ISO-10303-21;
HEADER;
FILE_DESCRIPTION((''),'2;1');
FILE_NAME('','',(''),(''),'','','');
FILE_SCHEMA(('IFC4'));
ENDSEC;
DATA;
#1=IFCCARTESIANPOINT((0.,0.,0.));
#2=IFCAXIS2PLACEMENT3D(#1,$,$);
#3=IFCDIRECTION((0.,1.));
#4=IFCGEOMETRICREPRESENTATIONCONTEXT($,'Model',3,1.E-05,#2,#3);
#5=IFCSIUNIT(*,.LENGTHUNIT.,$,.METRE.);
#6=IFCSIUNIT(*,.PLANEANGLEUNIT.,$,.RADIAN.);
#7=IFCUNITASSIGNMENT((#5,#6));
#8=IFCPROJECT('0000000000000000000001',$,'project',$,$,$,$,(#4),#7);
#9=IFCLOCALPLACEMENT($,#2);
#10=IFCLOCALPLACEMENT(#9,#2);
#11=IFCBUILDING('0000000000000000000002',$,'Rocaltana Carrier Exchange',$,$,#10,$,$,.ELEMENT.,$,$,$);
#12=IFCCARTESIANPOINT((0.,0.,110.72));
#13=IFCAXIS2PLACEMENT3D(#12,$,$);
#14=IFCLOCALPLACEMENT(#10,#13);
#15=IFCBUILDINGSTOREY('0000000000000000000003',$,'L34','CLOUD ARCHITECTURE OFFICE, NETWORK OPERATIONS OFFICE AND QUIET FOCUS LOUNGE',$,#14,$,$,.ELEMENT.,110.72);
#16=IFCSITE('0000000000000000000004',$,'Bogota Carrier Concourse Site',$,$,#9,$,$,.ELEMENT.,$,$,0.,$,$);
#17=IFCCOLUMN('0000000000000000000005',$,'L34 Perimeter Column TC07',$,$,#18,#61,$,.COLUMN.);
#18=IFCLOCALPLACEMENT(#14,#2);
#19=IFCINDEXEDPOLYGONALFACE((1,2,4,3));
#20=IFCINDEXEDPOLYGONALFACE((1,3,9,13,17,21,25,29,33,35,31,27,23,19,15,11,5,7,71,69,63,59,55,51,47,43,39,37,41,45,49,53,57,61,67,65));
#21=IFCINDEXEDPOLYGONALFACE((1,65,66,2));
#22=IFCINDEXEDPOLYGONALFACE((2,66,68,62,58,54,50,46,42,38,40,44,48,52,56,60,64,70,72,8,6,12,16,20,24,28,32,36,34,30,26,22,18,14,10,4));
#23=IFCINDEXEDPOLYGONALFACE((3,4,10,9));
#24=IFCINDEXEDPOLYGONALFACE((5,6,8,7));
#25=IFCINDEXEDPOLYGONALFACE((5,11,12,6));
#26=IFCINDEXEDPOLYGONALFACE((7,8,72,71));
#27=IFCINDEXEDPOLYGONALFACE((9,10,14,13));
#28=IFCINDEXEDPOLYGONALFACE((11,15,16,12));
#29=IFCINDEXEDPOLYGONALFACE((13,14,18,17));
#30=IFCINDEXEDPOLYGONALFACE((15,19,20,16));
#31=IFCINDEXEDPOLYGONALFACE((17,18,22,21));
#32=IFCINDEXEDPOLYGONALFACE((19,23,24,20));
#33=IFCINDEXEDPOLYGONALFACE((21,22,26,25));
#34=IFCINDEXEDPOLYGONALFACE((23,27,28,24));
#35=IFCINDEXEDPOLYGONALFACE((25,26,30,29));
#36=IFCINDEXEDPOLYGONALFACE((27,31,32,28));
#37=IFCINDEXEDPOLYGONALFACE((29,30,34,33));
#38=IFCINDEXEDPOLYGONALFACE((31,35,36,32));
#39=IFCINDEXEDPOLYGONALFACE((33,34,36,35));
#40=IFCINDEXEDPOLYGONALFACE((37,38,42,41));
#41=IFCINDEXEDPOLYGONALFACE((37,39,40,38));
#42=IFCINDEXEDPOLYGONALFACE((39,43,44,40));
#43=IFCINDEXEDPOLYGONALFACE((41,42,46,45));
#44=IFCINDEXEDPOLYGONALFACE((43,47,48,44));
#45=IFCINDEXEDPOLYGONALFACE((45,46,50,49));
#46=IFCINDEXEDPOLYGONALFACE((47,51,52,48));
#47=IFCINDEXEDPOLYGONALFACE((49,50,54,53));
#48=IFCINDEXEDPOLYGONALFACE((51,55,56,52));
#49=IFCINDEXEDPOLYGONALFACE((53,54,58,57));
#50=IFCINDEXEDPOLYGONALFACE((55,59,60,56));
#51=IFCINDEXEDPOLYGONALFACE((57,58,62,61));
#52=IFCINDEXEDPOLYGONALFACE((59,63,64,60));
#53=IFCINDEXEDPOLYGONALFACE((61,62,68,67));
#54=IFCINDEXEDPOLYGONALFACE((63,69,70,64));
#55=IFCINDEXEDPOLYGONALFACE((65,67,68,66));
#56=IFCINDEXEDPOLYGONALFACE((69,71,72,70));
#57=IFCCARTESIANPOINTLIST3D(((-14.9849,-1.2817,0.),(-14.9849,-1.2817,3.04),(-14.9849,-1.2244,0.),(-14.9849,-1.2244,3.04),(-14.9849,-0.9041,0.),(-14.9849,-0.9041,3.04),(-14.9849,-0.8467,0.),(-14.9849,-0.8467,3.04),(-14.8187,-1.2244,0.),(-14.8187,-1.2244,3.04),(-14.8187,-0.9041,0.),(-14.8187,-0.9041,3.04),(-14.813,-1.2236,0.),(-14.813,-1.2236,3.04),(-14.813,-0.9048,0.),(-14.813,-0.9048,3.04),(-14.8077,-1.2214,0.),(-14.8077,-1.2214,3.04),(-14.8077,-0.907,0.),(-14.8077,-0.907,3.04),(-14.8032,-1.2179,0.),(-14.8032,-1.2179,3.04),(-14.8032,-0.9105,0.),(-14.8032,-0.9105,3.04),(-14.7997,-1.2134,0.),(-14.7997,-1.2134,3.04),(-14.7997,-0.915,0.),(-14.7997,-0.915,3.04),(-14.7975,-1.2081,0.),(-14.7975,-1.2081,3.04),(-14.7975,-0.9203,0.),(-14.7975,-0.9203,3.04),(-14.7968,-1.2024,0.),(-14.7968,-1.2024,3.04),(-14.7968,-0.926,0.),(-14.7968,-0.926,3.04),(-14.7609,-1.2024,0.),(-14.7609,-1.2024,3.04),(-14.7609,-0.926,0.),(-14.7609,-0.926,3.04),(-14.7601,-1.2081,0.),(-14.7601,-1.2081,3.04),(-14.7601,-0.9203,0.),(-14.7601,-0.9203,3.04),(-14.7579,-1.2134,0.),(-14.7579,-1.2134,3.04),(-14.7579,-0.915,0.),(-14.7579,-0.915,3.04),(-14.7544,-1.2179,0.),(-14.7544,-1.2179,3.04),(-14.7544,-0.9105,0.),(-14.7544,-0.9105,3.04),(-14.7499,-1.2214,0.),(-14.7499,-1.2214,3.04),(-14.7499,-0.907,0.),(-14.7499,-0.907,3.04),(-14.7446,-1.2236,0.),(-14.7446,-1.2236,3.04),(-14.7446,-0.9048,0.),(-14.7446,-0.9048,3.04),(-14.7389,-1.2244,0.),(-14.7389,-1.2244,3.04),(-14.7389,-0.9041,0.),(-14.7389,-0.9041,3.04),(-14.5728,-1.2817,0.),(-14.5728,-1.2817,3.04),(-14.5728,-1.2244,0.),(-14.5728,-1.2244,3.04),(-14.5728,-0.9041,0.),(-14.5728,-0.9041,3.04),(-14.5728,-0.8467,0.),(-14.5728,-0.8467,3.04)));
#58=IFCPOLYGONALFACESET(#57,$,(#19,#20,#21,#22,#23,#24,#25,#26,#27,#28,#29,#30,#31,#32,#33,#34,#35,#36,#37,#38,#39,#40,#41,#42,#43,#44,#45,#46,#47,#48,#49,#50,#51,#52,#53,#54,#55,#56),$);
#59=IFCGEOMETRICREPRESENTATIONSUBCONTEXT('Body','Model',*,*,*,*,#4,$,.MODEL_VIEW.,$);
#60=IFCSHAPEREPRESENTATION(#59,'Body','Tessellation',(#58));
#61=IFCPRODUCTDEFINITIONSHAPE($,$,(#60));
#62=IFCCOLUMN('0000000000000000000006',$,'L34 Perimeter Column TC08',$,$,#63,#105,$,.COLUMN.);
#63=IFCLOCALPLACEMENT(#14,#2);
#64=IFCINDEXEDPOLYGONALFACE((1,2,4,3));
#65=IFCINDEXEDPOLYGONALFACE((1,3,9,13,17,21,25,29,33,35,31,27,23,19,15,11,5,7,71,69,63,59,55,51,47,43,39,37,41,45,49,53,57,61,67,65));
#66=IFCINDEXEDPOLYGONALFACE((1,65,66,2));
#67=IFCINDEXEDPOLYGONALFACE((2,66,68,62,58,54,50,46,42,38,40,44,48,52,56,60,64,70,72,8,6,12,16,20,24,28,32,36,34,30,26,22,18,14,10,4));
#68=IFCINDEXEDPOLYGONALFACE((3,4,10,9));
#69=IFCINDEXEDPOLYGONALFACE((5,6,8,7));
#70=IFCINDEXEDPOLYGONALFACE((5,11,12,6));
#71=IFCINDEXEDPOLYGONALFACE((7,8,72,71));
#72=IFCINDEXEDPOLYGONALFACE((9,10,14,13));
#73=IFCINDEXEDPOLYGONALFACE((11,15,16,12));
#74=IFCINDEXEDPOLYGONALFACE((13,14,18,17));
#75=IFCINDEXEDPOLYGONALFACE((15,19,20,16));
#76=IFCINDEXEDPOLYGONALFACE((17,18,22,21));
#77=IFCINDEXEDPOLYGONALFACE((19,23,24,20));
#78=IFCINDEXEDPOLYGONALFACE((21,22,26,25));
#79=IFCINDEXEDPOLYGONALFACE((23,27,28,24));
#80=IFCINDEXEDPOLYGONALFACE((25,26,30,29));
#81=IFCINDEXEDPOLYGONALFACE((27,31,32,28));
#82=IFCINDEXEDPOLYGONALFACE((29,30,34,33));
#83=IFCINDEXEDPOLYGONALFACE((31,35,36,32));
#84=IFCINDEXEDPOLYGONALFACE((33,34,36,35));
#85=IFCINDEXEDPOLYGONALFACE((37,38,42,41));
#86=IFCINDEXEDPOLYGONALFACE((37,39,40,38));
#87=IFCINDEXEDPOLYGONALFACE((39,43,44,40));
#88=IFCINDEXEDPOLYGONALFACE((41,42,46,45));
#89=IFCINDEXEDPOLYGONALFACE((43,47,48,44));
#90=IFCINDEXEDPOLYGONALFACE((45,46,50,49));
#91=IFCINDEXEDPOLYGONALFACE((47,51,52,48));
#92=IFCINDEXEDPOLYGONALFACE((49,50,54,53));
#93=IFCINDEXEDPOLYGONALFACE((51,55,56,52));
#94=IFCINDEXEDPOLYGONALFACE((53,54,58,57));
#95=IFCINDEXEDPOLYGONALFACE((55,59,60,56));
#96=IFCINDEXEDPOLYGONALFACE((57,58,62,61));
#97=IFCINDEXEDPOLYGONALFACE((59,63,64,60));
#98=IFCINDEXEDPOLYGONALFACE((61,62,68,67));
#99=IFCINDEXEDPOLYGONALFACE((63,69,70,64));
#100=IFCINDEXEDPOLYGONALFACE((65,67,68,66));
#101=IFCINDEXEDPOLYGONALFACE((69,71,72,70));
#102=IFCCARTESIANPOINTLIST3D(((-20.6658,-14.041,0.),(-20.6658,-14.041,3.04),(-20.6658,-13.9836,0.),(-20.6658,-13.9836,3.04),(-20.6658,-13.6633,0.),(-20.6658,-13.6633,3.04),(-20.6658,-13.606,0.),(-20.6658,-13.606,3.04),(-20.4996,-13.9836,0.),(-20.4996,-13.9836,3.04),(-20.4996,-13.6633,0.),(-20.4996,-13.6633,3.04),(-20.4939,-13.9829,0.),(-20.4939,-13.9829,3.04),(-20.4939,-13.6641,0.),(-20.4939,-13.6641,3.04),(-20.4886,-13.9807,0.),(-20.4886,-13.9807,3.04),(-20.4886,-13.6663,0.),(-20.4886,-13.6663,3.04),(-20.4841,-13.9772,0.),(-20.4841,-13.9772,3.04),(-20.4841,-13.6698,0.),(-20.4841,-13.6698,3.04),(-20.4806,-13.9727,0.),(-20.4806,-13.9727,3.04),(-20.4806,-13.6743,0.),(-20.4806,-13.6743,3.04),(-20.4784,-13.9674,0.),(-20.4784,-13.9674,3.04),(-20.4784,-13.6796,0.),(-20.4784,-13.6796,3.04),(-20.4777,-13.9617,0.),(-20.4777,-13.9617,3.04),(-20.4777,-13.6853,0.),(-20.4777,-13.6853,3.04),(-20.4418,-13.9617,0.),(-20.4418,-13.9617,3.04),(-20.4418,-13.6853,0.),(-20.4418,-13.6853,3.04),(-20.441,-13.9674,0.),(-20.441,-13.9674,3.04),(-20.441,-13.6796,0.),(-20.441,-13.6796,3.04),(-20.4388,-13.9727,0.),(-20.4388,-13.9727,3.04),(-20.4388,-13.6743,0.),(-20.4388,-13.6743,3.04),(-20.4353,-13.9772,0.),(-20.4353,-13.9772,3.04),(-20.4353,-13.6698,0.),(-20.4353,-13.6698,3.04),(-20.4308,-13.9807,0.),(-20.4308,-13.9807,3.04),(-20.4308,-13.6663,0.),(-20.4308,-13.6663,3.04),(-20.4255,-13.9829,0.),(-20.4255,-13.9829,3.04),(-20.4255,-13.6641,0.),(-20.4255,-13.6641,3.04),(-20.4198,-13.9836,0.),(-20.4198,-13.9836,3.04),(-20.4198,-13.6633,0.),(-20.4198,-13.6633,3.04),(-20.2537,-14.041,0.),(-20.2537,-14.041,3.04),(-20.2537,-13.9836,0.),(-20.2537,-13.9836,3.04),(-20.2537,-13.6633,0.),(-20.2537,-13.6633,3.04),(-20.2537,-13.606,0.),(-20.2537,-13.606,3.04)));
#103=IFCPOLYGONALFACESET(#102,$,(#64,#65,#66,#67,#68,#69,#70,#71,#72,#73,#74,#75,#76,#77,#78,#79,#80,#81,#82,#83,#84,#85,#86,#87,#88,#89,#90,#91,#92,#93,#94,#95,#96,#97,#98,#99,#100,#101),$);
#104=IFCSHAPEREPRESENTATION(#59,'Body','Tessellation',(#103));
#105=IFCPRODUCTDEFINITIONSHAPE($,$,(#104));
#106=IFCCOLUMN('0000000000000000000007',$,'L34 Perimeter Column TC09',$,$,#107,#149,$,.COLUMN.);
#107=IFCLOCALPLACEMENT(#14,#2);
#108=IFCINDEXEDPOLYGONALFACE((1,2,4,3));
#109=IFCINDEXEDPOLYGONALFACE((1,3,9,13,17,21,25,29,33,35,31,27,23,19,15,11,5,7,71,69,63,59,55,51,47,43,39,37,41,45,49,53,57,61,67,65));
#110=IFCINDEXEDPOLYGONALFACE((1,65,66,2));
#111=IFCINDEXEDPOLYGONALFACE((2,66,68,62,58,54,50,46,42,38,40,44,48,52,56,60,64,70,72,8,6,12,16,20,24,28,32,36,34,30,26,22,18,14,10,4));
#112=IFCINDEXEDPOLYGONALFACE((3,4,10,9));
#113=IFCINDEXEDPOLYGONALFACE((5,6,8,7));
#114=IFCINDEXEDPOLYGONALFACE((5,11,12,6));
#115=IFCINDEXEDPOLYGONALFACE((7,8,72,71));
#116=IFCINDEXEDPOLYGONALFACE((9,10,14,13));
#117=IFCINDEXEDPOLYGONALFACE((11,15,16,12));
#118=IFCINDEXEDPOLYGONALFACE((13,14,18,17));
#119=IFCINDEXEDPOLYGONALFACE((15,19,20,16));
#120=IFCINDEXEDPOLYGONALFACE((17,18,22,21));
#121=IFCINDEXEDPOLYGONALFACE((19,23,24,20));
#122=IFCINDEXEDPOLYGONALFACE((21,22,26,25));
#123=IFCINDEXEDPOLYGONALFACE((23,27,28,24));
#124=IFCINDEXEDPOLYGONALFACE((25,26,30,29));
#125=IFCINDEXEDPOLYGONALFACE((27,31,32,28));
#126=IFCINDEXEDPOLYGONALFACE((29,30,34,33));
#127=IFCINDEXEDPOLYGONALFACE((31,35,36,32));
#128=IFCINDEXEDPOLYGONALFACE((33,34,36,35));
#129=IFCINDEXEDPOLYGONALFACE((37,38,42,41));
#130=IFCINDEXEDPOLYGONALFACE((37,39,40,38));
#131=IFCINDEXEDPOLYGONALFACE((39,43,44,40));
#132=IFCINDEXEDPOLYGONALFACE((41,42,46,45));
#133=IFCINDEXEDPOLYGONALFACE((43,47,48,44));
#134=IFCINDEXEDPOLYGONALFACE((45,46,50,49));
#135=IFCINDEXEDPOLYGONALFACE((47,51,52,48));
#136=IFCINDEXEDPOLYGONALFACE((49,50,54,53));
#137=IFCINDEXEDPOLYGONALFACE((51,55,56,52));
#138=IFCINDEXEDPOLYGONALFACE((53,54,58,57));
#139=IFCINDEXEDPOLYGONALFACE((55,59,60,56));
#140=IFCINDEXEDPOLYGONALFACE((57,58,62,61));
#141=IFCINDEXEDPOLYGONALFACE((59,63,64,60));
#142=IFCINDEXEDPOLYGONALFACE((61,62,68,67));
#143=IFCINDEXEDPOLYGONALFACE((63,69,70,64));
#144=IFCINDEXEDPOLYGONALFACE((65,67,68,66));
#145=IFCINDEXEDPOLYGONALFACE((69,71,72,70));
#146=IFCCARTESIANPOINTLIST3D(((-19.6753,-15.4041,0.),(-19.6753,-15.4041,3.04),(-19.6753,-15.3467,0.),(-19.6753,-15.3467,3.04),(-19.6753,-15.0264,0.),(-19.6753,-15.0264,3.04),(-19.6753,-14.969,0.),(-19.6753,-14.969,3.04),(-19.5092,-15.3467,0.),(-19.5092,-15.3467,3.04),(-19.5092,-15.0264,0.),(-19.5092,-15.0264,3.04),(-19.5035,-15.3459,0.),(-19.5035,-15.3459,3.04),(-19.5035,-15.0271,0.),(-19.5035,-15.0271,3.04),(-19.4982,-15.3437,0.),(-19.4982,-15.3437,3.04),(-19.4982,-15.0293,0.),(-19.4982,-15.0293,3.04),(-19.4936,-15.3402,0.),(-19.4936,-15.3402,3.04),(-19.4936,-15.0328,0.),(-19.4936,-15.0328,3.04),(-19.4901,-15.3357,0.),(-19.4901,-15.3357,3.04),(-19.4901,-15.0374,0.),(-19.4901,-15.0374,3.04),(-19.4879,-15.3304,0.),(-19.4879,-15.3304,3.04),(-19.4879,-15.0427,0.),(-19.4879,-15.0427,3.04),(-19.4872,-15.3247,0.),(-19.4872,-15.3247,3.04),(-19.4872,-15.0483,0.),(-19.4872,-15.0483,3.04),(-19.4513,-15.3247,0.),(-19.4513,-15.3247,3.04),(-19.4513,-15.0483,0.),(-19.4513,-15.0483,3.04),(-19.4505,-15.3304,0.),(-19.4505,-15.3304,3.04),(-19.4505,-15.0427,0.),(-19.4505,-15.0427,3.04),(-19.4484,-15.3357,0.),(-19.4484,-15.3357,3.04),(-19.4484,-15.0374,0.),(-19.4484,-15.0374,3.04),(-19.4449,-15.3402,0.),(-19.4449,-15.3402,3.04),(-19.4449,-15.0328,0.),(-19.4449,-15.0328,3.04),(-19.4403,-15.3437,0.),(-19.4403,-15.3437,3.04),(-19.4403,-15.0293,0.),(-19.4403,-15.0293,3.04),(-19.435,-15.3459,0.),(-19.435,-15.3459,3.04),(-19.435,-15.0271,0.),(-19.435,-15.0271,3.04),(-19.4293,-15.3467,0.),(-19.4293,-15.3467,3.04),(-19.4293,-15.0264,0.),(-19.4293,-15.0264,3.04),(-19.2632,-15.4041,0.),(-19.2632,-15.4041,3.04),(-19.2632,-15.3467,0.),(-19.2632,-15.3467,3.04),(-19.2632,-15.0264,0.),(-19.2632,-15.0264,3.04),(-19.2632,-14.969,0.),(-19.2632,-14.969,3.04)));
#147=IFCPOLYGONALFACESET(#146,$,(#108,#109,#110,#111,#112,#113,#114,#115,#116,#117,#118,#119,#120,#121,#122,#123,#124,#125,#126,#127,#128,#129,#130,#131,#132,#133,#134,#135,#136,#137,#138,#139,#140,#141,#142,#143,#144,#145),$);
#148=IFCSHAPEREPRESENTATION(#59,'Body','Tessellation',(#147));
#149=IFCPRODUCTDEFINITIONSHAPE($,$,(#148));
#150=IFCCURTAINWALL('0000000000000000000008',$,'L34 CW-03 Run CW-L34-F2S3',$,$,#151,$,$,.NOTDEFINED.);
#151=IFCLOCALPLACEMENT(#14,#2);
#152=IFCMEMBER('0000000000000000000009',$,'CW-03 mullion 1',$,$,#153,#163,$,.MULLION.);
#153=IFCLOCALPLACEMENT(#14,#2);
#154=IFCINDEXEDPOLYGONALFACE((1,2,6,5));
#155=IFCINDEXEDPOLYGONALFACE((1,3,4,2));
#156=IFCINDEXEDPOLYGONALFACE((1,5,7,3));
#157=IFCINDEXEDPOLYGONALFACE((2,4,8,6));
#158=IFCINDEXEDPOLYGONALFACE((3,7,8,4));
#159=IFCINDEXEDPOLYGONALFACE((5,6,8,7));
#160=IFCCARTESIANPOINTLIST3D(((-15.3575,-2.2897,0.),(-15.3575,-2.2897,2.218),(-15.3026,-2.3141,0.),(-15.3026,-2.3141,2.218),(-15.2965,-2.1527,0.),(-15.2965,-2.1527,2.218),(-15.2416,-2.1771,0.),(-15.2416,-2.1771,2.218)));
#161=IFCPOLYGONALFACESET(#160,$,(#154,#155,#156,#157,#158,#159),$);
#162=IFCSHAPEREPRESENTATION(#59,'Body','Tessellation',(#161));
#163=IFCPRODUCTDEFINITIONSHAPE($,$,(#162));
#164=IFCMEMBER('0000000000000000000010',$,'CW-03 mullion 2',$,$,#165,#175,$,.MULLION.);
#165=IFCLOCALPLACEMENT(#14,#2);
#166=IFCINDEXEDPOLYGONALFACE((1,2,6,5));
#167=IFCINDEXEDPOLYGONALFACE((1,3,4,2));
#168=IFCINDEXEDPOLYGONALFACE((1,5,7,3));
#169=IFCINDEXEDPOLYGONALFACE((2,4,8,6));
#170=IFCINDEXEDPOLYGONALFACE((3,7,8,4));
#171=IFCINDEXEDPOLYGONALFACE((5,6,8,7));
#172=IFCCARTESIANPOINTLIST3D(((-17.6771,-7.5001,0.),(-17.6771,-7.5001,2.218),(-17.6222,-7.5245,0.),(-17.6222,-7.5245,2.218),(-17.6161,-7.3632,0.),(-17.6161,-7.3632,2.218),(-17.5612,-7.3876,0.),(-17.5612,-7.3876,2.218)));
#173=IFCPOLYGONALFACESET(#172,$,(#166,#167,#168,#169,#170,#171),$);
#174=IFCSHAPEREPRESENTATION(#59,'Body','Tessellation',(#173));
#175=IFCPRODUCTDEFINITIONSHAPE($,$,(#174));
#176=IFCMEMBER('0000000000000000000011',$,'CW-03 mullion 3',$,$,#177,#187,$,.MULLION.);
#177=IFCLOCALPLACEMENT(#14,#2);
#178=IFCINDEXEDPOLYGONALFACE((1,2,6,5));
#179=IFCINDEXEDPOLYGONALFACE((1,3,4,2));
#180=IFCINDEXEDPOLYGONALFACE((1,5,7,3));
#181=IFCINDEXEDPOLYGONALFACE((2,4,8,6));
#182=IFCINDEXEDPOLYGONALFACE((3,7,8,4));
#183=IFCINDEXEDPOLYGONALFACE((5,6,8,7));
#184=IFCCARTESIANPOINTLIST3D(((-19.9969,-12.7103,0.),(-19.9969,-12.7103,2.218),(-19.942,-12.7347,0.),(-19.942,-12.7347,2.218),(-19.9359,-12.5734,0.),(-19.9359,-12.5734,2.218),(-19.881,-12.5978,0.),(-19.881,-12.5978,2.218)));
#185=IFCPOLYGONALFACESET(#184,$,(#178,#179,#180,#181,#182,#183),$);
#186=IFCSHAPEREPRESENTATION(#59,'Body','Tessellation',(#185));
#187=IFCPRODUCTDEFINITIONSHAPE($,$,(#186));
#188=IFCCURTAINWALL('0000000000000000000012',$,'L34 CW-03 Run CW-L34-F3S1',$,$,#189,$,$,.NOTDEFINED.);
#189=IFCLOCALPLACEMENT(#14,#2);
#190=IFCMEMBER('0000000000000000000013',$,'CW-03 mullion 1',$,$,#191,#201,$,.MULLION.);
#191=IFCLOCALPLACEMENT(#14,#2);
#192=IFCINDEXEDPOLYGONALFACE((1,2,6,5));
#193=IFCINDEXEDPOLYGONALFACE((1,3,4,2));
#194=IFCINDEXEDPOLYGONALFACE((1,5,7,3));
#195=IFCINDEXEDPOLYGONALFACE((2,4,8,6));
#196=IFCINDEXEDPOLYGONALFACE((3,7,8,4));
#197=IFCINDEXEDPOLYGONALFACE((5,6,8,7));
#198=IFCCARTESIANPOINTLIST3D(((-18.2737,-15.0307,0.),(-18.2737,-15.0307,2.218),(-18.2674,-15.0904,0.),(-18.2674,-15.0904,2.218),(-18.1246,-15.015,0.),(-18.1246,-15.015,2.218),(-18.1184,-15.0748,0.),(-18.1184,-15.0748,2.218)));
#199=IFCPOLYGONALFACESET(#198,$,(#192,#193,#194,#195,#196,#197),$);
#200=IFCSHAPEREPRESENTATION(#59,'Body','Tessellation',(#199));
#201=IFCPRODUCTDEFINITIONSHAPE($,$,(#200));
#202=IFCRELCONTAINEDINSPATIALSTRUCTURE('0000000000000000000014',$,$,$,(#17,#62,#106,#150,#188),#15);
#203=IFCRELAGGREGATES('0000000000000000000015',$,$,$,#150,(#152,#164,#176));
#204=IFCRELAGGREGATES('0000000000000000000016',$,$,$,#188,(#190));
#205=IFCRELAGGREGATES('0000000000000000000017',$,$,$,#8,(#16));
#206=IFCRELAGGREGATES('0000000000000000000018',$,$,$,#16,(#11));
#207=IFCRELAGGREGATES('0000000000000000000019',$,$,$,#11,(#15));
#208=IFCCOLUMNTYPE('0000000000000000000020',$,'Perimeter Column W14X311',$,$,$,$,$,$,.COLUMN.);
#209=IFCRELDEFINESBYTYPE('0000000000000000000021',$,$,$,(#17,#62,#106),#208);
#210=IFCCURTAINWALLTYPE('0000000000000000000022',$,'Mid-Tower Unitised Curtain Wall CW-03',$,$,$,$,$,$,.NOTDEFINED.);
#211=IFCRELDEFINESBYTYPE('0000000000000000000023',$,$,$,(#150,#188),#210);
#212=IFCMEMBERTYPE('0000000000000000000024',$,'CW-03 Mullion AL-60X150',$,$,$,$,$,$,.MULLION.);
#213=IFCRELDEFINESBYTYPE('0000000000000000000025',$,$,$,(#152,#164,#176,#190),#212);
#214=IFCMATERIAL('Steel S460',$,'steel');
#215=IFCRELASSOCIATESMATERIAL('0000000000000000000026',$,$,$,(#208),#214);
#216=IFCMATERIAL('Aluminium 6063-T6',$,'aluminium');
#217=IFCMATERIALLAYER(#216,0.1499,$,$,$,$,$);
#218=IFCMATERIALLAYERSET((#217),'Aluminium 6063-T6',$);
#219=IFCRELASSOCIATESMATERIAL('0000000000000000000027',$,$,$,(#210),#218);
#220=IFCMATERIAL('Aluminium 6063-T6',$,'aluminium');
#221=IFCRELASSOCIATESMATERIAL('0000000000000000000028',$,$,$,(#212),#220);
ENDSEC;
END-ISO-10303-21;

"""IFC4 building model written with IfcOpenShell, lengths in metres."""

from ifc_helpers import new_model, si_unit, direction, frame, origin, origin_2d, place, context, subcontext, project, spatial, rectangle, i_section, extrude, material, layer, layer_set, material_profile, profile_set, type_object, element, aggregate, save


model = new_model("IFC4")

# Units and contexts
model_context = context("Model", 3, precision=1e-05, world=origin(), true_north=direction((0.0, 1.0)))
body_context = subcontext(model_context, "Body", "Model", "MODEL_VIEW")
ifc_project = project(units=[si_unit("LENGTHUNIT", "METRE"), si_unit("PLANEANGLEUNIT", "RADIAN")], contexts=[model_context])

# Site, building, storey
site_placement = place(None, origin())
site = spatial("IfcSite", under=ifc_project, at=site_placement, Name="Bogota Carrier Concourse Site", CompositionType="ELEMENT", RefElevation=0.0)
building_placement = place(site_placement, origin())
building = spatial("IfcBuilding", under=site, at=building_placement, Name="Rocaltana Carrier Exchange", CompositionType="ELEMENT")
storey_placement = place(building_placement, frame((0.0, 0.0, 110.72)))
storey = spatial("IfcBuildingStorey", under=building, at=storey_placement, Name="L34", Description="CLOUD ARCHITECTURE OFFICE, NETWORK OPERATIONS OFFICE AND QUIET FOCUS LOUNGE", CompositionType="ELEMENT", Elevation=110.72)

# Columns
ifc_material_1 = material(Name="Steel S460", Category="steel")
ifc_material_profile_1 = material_profile(ifc_material_1, i_section(OverallWidth=0.4121, OverallDepth=0.4351, WebThickness=0.0359, FlangeThickness=0.0574, FilletRadius=0.022, at=origin_2d()), Name="W14X311")
ifc_profile_set_1 = profile_set([ifc_material_profile_1], Name="Steel S460")
column_type = type_object("IfcColumnType", Name="Perimeter Column W14X311", PredefinedType="COLUMN", material=ifc_profile_set_1)
for number, where, z_axis, x_axis, name in (
    (1, (-14.7788, -1.0642, 0.0), (0.0, 0.0, 1.0), (1.0, 0.0, 0.0), "L34 Perimeter Column TC07"),
    (2, (-20.4597, -13.8235, 0.0), (0.0, 0.0, 1.0), (1.0, 0.0, 0.0), "L34 Perimeter Column TC08"),
    (3, (-19.4692, -15.1865, 0.0), (0.0, 0.0, 1.0), (1.0, 0.0, 0.0), "L34 Perimeter Column TC09"),
):
    element("IfcColumn", number, at=place(storey_placement, frame(where, z_axis=z_axis, x_axis=x_axis)), inside=storey, type_object=column_type, Name=name, PredefinedType="COLUMN", context=body_context, shape_type="SweptSolid", body=[
        extrude(i_section(OverallWidth=0.4121, OverallDepth=0.4351, WebThickness=0.0359, FlangeThickness=0.0574, FilletRadius=0.022, at=origin_2d()), origin(), (0.0, 0.0, 1.0), 3.04),
    ])

# Curtain walls, members
ifc_material_2 = material(Name="Aluminium 6063-T6", Category="aluminium")
ifc_layer_1 = layer(ifc_material_2, 0.1499)
ifc_layer_set_1 = layer_set([ifc_layer_1], Name="Aluminium 6063-T6")
curtain_wall_type = type_object("IfcCurtainWallType", Name="Mid-Tower Unitised Curtain Wall CW-03", PredefinedType="NOTDEFINED", material=ifc_layer_set_1)
curtain_wall_1_placement = place(storey_placement, origin())
curtain_wall_1 = element("IfcCurtainWall", 4, at=curtain_wall_1_placement, inside=storey, type_object=curtain_wall_type, Name="L34 CW-03 Run CW-L34-F2S3", PredefinedType="NOTDEFINED")
ifc_material_3 = material(Name="Aluminium 6063-T6", Category="aluminium")
ifc_material_profile_2 = material_profile(ifc_material_3, rectangle(XDim=0.0601, YDim=0.1499, at=origin_2d()), Name="AL-60X150")
ifc_profile_set_2 = profile_set([ifc_material_profile_2], Name="Aluminium 6063-T6")
member_type_1 = type_object("IfcMemberType", Name="CW-03 Mullion AL-60X150", PredefinedType="MULLION", material=ifc_profile_set_2)
member_1_placement = place(storey_placement, frame((-15.2996, -2.2334, 0.0), z_axis=(0.0, 0.0, 1.0), x_axis=(0.913547, -0.406733, 0.0)))
member_1 = element("IfcMember", 5, at=member_1_placement, type_object=member_type_1, Name="CW-03 mullion 1", PredefinedType="MULLION", context=body_context, shape_type="SweptSolid", body=[
    extrude(rectangle(XDim=0.0601, YDim=0.1499, at=origin_2d()), origin(), (0.0, 0.0, 1.0), 2.218),
])
member_2_placement = place(storey_placement, frame((-17.6191, -7.4438, 0.0), z_axis=(0.0, 0.0, 1.0), x_axis=(0.913547, -0.406733, 0.0)))
member_2 = element("IfcMember", 6, at=member_2_placement, type_object=member_type_1, Name="CW-03 mullion 2", PredefinedType="MULLION", context=body_context, shape_type="SweptSolid", body=[
    extrude(rectangle(XDim=0.0601, YDim=0.1499, at=origin_2d()), origin(), (0.0, 0.0, 1.0), 2.218),
])
member_3_placement = place(storey_placement, frame((-19.939, -12.6541, 0.0), z_axis=(0.0, 0.0, 1.0), x_axis=(0.913547, -0.406733, 0.0)))
member_3 = element("IfcMember", 7, at=member_3_placement, type_object=member_type_1, Name="CW-03 mullion 3", PredefinedType="MULLION", context=body_context, shape_type="SweptSolid", body=[
    extrude(rectangle(XDim=0.0601, YDim=0.1499, at=origin_2d()), origin(), (0.0, 0.0, 1.0), 2.218),
])
curtain_wall_2_placement = place(storey_placement, origin())
curtain_wall_2 = element("IfcCurtainWall", 8, at=curtain_wall_2_placement, inside=storey, type_object=curtain_wall_type, Name="L34 CW-03 Run CW-L34-F3S1", PredefinedType="NOTDEFINED")
member_4_placement = place(storey_placement, frame((-18.196, -15.0527, 0.0), z_axis=(0.0, 0.0, 1.0), x_axis=(-0.104522, 0.994523, 0.0)))
member_4 = element("IfcMember", 9, at=member_4_placement, type_object=member_type_1, Name="CW-03 mullion 1", PredefinedType="MULLION", context=body_context, shape_type="SweptSolid", body=[
    extrude(rectangle(XDim=0.0601, YDim=0.1499, at=origin_2d()), origin(), (0.0, 0.0, 1.0), 2.218),
])

aggregate(curtain_wall_1, [member_1, member_2, member_3])
aggregate(curtain_wall_2, [member_4])

save(model, "model.ifc")
